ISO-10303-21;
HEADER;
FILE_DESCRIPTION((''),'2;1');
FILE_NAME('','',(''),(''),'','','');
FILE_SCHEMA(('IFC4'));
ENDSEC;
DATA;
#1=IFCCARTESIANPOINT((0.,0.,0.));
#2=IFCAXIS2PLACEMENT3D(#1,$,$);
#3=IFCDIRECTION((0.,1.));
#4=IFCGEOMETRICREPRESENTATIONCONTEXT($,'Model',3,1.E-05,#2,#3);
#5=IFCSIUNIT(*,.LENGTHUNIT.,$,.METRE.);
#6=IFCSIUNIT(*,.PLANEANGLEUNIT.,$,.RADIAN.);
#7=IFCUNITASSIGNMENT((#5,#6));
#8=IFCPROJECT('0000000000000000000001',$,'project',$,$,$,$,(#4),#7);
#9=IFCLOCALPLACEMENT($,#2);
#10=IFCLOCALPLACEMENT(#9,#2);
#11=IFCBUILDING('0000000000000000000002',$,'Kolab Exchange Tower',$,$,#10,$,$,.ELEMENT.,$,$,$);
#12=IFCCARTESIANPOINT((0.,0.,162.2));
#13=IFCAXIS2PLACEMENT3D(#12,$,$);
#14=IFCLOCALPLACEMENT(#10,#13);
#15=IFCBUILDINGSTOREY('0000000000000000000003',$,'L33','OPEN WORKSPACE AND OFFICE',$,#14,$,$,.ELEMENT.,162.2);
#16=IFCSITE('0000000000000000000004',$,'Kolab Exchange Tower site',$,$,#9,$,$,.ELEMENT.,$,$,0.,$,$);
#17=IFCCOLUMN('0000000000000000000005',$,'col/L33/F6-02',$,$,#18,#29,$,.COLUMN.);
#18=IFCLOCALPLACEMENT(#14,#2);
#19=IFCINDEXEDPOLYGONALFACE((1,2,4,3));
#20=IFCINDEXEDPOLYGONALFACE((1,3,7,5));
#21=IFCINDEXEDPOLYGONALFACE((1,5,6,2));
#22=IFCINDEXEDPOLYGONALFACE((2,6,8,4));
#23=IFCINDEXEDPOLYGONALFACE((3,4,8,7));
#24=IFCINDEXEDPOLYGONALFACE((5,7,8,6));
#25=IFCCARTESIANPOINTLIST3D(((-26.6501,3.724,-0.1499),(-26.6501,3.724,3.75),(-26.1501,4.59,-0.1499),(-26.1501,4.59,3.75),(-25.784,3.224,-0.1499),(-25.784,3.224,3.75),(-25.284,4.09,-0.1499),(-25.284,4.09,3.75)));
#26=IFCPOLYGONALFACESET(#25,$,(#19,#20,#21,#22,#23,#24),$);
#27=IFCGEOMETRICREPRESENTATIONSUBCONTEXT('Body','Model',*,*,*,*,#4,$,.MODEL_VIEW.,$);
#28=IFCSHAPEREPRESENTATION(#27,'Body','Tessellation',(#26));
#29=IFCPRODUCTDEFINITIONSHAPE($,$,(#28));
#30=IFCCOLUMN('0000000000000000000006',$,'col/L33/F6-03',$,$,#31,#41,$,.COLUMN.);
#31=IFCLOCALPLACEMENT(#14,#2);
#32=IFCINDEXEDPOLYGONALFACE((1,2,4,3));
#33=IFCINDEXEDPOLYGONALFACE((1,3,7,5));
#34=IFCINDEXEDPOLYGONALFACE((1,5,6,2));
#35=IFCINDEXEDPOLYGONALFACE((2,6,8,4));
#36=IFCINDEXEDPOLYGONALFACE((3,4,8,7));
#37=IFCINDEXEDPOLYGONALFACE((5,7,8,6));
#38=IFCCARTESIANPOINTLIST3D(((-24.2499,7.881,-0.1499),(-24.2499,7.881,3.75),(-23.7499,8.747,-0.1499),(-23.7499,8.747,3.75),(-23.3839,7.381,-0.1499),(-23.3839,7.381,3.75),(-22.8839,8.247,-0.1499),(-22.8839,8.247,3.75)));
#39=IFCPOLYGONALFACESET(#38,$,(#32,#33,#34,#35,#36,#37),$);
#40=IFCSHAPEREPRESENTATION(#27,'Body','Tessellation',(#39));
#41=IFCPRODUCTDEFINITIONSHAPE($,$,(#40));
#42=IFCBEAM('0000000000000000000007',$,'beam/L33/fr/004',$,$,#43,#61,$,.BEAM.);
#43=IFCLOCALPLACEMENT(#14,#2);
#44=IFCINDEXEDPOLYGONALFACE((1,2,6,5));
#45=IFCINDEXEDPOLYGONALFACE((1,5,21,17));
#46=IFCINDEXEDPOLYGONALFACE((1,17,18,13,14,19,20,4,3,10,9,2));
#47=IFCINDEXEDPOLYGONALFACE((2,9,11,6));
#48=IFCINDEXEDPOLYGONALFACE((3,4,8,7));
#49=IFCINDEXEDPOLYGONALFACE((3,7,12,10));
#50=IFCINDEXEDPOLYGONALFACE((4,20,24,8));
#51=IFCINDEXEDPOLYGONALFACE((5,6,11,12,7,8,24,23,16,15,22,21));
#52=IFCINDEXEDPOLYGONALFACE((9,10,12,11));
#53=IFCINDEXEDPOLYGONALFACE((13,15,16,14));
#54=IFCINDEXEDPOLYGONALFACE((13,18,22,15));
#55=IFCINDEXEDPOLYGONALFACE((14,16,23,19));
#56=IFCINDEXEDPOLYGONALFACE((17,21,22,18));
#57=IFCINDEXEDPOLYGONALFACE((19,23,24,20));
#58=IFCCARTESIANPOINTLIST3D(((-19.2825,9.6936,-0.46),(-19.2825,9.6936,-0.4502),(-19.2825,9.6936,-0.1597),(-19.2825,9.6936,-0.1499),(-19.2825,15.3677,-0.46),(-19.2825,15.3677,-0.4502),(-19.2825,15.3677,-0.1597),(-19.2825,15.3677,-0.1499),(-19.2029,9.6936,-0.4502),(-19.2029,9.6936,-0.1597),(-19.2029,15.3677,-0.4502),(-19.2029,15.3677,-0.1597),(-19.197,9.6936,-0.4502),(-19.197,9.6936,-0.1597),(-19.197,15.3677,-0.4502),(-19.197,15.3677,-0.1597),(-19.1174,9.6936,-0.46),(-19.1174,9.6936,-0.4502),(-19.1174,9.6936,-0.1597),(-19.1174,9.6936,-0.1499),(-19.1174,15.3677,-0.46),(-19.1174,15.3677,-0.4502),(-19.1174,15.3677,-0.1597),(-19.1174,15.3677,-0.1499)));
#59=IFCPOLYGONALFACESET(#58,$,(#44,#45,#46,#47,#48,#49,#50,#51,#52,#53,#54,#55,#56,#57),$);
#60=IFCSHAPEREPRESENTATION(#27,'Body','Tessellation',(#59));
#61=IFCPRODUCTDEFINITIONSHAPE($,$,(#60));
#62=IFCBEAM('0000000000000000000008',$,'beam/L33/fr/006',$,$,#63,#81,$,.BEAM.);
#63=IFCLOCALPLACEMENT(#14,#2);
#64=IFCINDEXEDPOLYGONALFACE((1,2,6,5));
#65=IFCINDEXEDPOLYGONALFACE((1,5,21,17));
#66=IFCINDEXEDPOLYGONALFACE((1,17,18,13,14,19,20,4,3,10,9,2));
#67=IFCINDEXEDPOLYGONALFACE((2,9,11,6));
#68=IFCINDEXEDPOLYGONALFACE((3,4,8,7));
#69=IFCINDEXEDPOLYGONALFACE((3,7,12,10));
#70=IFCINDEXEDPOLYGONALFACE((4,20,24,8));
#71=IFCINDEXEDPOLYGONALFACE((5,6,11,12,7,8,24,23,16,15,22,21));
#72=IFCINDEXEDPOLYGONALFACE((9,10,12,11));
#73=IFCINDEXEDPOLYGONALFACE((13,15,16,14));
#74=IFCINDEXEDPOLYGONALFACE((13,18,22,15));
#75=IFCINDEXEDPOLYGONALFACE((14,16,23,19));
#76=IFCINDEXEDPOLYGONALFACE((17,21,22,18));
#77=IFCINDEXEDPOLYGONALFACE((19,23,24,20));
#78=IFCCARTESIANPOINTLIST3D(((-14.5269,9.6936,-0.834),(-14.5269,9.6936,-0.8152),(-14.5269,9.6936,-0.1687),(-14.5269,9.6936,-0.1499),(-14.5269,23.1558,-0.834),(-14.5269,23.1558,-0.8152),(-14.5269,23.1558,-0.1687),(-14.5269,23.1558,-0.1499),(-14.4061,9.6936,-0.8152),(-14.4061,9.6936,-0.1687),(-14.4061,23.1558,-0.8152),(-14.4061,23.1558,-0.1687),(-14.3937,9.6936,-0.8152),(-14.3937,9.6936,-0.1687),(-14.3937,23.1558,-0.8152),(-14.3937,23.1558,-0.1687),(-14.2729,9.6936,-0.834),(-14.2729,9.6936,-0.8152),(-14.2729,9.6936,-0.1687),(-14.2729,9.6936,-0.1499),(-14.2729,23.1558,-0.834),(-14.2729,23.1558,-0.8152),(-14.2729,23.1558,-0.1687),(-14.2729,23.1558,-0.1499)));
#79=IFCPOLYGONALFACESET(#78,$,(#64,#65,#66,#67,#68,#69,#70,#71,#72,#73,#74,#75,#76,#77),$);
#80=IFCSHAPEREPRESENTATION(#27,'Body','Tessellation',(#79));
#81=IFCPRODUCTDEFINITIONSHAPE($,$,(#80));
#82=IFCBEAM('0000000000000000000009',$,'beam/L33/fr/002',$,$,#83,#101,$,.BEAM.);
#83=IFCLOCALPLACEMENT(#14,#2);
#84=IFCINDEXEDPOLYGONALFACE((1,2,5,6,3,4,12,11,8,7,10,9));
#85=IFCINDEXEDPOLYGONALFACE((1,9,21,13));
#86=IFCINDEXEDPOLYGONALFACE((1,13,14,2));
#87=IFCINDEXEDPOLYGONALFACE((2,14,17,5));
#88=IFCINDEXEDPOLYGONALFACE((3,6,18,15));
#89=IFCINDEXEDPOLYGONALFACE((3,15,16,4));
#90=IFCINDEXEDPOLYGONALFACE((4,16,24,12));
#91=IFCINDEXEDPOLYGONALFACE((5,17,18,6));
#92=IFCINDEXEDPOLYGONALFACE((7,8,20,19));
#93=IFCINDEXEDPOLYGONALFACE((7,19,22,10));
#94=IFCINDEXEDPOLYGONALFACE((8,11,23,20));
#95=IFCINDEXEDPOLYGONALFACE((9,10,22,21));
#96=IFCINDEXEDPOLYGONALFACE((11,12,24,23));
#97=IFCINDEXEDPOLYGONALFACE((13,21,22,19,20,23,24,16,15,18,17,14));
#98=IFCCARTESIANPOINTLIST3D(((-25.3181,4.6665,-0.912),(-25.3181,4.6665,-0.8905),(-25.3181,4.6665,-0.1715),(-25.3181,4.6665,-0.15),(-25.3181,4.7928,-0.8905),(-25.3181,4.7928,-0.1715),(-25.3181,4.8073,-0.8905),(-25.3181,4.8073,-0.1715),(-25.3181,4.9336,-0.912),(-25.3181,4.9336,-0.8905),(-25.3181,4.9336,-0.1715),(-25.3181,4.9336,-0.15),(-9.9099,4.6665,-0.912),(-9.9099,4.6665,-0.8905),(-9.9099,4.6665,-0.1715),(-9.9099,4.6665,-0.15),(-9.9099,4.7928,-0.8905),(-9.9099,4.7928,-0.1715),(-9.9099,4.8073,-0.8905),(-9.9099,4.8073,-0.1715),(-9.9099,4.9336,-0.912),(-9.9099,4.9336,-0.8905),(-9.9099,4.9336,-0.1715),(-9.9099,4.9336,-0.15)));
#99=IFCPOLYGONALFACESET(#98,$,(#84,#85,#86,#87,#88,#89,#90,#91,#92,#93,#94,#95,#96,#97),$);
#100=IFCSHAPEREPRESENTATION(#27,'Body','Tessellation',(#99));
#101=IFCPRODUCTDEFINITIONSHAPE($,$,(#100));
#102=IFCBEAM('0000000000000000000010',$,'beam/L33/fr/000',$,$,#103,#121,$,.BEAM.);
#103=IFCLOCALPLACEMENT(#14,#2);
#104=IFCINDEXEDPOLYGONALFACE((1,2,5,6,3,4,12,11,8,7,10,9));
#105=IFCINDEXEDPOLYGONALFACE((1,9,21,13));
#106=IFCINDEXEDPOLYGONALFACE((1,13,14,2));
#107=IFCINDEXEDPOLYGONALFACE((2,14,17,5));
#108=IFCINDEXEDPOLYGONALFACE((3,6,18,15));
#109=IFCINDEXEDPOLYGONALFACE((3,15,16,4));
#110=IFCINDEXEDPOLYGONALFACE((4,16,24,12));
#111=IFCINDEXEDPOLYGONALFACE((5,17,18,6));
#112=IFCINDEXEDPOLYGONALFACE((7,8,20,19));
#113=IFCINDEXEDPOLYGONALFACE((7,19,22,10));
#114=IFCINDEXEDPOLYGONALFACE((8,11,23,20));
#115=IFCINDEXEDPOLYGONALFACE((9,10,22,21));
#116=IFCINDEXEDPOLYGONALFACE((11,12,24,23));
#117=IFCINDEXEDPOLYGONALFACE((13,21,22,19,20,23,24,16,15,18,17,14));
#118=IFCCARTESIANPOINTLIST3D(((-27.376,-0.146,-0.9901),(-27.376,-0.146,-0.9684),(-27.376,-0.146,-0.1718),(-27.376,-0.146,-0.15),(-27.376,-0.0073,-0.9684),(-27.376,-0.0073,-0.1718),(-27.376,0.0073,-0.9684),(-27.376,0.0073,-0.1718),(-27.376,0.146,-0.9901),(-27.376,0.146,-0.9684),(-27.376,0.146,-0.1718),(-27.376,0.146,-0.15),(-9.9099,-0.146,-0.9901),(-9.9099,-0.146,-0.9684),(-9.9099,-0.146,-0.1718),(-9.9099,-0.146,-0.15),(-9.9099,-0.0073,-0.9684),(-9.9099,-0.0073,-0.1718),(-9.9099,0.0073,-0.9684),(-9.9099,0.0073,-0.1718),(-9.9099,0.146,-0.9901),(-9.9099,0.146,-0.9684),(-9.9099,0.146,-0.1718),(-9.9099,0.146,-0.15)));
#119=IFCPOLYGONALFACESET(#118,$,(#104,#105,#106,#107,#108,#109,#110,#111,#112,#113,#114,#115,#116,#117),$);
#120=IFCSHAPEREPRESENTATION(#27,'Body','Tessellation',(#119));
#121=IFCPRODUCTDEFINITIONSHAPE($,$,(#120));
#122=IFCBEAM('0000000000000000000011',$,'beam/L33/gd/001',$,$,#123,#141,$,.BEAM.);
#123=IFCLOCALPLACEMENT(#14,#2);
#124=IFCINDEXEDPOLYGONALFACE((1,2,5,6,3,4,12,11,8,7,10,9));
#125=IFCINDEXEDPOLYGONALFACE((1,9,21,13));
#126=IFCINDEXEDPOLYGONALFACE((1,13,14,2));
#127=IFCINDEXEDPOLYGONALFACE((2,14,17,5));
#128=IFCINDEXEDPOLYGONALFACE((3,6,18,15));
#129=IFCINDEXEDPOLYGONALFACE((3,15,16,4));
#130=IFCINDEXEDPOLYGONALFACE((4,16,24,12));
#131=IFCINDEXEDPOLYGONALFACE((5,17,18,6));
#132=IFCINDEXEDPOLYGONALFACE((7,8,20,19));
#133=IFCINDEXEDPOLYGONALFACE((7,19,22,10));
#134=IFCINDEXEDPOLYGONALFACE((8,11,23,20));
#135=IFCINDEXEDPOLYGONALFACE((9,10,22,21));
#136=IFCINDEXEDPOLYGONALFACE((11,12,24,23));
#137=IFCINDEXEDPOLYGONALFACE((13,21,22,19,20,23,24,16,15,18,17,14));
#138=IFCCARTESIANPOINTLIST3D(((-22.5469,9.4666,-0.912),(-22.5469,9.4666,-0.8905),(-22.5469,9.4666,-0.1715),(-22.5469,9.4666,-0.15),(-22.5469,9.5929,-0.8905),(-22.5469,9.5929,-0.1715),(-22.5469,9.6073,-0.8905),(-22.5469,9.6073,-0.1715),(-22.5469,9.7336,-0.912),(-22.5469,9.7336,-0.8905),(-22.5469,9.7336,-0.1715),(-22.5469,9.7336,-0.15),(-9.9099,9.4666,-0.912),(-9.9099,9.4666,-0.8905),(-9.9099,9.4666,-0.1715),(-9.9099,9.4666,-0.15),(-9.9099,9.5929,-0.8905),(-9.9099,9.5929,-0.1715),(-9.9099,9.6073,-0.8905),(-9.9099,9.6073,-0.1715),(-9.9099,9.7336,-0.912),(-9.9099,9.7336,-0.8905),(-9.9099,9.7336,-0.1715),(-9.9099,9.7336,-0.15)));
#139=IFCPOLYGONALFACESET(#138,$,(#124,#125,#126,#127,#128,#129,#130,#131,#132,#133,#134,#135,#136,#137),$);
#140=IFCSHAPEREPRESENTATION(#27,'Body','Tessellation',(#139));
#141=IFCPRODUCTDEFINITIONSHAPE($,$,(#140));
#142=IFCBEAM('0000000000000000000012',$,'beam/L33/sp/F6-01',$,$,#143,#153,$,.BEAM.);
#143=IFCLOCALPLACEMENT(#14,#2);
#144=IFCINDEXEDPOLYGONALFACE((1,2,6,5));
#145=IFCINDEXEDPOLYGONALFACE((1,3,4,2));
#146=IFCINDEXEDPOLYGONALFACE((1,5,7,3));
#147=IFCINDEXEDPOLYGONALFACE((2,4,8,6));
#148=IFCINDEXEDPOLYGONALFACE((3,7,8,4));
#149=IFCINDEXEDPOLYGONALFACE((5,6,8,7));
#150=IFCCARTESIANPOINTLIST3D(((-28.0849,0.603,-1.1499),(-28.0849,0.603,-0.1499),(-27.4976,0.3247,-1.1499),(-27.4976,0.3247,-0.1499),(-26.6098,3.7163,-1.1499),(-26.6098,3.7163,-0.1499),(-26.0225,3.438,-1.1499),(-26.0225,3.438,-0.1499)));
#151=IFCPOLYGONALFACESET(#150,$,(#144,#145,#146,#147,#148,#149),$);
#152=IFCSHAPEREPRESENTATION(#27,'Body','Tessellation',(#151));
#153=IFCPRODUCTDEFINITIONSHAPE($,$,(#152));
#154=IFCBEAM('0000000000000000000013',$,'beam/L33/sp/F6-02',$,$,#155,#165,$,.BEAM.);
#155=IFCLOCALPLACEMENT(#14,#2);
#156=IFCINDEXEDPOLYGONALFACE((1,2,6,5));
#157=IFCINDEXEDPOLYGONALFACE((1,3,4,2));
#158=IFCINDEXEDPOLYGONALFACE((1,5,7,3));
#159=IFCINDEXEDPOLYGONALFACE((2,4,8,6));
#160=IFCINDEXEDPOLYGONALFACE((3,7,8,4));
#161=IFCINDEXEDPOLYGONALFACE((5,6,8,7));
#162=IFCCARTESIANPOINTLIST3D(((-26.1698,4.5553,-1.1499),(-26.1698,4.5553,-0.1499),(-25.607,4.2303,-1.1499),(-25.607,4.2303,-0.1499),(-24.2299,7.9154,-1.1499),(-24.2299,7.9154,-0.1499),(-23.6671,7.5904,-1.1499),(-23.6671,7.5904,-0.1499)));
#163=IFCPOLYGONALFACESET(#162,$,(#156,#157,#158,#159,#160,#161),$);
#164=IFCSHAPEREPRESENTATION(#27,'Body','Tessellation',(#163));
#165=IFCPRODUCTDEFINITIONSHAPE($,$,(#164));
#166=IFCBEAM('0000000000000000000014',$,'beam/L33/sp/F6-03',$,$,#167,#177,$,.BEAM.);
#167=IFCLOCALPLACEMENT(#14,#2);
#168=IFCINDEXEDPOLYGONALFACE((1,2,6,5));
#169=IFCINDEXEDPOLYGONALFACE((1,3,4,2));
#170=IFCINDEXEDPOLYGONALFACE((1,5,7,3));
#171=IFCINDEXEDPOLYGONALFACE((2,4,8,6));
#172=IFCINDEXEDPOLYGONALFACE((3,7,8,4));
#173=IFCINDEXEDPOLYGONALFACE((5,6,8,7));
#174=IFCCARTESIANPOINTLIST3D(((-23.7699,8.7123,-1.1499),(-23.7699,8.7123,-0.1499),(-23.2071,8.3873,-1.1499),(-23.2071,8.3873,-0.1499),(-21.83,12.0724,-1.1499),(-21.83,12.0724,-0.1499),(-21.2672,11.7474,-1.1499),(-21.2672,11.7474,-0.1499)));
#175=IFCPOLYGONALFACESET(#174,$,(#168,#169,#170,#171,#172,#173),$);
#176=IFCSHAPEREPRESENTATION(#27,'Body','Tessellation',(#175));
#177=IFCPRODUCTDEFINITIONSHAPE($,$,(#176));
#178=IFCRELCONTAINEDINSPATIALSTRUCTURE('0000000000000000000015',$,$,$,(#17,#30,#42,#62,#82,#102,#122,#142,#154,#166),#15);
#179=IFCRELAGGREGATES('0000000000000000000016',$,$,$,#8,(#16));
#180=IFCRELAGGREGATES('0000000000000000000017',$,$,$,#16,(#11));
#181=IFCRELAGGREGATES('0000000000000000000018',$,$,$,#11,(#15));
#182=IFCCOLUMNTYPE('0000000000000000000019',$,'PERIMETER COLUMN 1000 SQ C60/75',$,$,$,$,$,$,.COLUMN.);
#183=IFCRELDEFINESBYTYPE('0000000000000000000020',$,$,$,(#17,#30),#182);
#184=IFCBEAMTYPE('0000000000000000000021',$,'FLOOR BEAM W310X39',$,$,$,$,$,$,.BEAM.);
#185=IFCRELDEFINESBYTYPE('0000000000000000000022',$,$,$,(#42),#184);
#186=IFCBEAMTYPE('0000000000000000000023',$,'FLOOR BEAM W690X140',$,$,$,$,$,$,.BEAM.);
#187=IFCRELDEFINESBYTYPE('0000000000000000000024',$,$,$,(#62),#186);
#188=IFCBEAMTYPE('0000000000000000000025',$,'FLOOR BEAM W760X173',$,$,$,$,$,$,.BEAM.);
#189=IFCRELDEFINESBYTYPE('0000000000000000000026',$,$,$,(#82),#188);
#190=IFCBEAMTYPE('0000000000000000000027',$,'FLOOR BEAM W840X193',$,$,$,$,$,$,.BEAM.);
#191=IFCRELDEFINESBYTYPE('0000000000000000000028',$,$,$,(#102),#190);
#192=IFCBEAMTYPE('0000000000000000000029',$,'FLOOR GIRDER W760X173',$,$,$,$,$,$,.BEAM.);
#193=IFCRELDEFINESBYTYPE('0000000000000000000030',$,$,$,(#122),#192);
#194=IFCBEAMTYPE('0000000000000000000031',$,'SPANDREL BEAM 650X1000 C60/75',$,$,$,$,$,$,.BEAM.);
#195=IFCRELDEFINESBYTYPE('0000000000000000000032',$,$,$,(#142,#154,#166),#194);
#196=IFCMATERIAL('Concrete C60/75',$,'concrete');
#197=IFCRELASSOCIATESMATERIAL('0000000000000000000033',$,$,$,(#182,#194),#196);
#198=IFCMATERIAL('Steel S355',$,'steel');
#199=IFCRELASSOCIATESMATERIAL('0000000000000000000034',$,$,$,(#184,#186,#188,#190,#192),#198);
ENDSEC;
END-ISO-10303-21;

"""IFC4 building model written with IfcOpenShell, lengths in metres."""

from ifc_helpers import new_model, si_unit, direction, frame, origin, origin_2d, place, context, subcontext, project, spatial, rectangle, i_section, extrude, material, material_profile, profile_set, type_object, element, save


model = new_model("IFC4")

# Units and contexts
model_context = context("Model", 3, precision=1e-05, world=origin(), true_north=direction((0.0, 1.0)))
body_context = subcontext(model_context, "Body", "Model", "MODEL_VIEW")
ifc_project = project(units=[si_unit("LENGTHUNIT", "METRE"), si_unit("PLANEANGLEUNIT", "RADIAN")], contexts=[model_context])

# Site, building, storey
site_placement = place(None, origin())
site = spatial("IfcSite", under=ifc_project, at=site_placement, Name="Kolab Exchange Tower site", CompositionType="ELEMENT", RefElevation=0.0)
building_placement = place(site_placement, origin())
building = spatial("IfcBuilding", under=site, at=building_placement, Name="Kolab Exchange Tower", CompositionType="ELEMENT")
storey_placement = place(building_placement, frame((0.0, 0.0, 162.2)))
storey = spatial("IfcBuildingStorey", under=building, at=storey_placement, Name="L33", Description="OPEN WORKSPACE AND OFFICE", CompositionType="ELEMENT", Elevation=162.2)

# Columns
ifc_material_1 = material(Name="Concrete C60/75", Category="concrete")
ifc_material_profile_1 = material_profile(ifc_material_1, rectangle(XDim=1.0, YDim=1.0, at=origin_2d()), Name="RC1000")
ifc_profile_set_1 = profile_set([ifc_material_profile_1], Name="Concrete C60/75")
column_type = type_object("IfcColumnType", Name="PERIMETER COLUMN 1000 SQ C60/75", PredefinedType="COLUMN", material=ifc_profile_set_1)
for number, where, z_axis, x_axis, name in (
    (1, (-25.967, 3.907, -0.1499), (0.0, 0.0, 1.0), (0.5, 0.866025, 0.0), "col/L33/F6-02"),
    (2, (-23.5669, 8.064, -0.1499), (0.0, 0.0, 1.0), (0.5, 0.866025, 0.0), "col/L33/F6-03"),
):
    element("IfcColumn", number, at=place(storey_placement, frame(where, z_axis=z_axis, x_axis=x_axis)), inside=storey, type_object=column_type, Name=name, PredefinedType="COLUMN", context=body_context, shape_type="SweptSolid", body=[
        extrude(rectangle(XDim=1.0, YDim=1.0, at=origin_2d()), origin(), (0.0, 0.0, 1.0), 3.8999),
    ])

# Beams
ifc_material_2 = material(Name="Steel S355", Category="steel")
ifc_material_profile_2 = material_profile(ifc_material_2, i_section(OverallWidth=0.165, OverallDepth=0.3101, WebThickness=0.0059, FlangeThickness=0.0098, at=origin_2d()), Name="W310X39")
ifc_profile_set_2 = profile_set([ifc_material_profile_2], Name="Steel S355")
beam_type_1 = type_object("IfcBeamType", Name="FLOOR BEAM W310X39", PredefinedType="BEAM", material=ifc_profile_set_2)
beam_1_placement = place(storey_placement, frame((-19.2, 9.6936, -0.3049), z_axis=(0.0, 1.0, 0.0), x_axis=(-1.0, 0.0, 0.0)))
element("IfcBeam", 3, at=beam_1_placement, inside=storey, type_object=beam_type_1, Name="beam/L33/fr/004", PredefinedType="BEAM", context=body_context, shape_type="SweptSolid", body=[
    extrude(i_section(OverallWidth=0.165, OverallDepth=0.3101, WebThickness=0.0059, FlangeThickness=0.0098, at=origin_2d()), origin(), (0.0, 0.0, 1.0), 5.6741),
])
ifc_material_profile_3 = material_profile(ifc_material_2, i_section(OverallWidth=0.2539, OverallDepth=0.6841, WebThickness=0.0125, FlangeThickness=0.0188, at=origin_2d()), Name="W690X140")
ifc_profile_set_3 = profile_set([ifc_material_profile_3], Name="Steel S355")
beam_type_2 = type_object("IfcBeamType", Name="FLOOR BEAM W690X140", PredefinedType="BEAM", material=ifc_profile_set_3)
beam_2_placement = place(storey_placement, frame((-14.3999, 9.6936, -0.4919), z_axis=(0.0, 1.0, 0.0), x_axis=(-1.0, 0.0, 0.0)))
element("IfcBeam", 4, at=beam_2_placement, inside=storey, type_object=beam_type_2, Name="beam/L33/fr/006", PredefinedType="BEAM", context=body_context, shape_type="SweptSolid", body=[
    extrude(i_section(OverallWidth=0.2539, OverallDepth=0.6841, WebThickness=0.0125, FlangeThickness=0.0188, at=origin_2d()), origin(), (0.0, 0.0, 1.0), 13.4622),
])
ifc_material_profile_4 = material_profile(ifc_material_2, i_section(OverallWidth=0.2671, OverallDepth=0.762, WebThickness=0.0144, FlangeThickness=0.0215, at=origin_2d()), Name="W760X173")
ifc_profile_set_4 = profile_set([ifc_material_profile_4], Name="Steel S355")
beam_type_3 = type_object("IfcBeamType", Name="FLOOR BEAM W760X173", PredefinedType="BEAM", material=ifc_profile_set_4)
beam_3_placement = place(storey_placement, frame((-25.3181, 4.8, -0.531), z_axis=(1.0, 0.0, 0.0), x_axis=(0.0, 1.0, 0.0)))
element("IfcBeam", 5, at=beam_3_placement, inside=storey, type_object=beam_type_3, Name="beam/L33/fr/002", PredefinedType="BEAM", context=body_context, shape_type="SweptSolid", body=[
    extrude(i_section(OverallWidth=0.2671, OverallDepth=0.762, WebThickness=0.0144, FlangeThickness=0.0215, at=origin_2d()), origin(), (0.0, 0.0, 1.0), 15.4082),
])
ifc_material_profile_5 = material_profile(ifc_material_2, i_section(OverallWidth=0.292, OverallDepth=0.8401, WebThickness=0.0146, FlangeThickness=0.0217, at=origin_2d()), Name="W840X193")
ifc_profile_set_5 = profile_set([ifc_material_profile_5], Name="Steel S355")
beam_type_4 = type_object("IfcBeamType", Name="FLOOR BEAM W840X193", PredefinedType="BEAM", material=ifc_profile_set_5)
beam_4_placement = place(storey_placement, frame((-27.376, 0.0, -0.5701), z_axis=(1.0, 0.0, 0.0), x_axis=(0.0, 1.0, 0.0)))
element("IfcBeam", 6, at=beam_4_placement, inside=storey, type_object=beam_type_4, Name="beam/L33/fr/000", PredefinedType="BEAM", context=body_context, shape_type="SweptSolid", body=[
    extrude(i_section(OverallWidth=0.292, OverallDepth=0.8401, WebThickness=0.0146, FlangeThickness=0.0217, at=origin_2d()), origin(), (0.0, 0.0, 1.0), 17.4661),
])
ifc_material_profile_6 = material_profile(ifc_material_2, i_section(OverallWidth=0.2671, OverallDepth=0.762, WebThickness=0.0144, FlangeThickness=0.0215, at=origin_2d()), Name="W760X173")
ifc_profile_set_6 = profile_set([ifc_material_profile_6], Name="Steel S355")
beam_type_5 = type_object("IfcBeamType", Name="FLOOR GIRDER W760X173", PredefinedType="BEAM", material=ifc_profile_set_6)
beam_5_placement = place(storey_placement, frame((-22.5469, 9.6001, -0.531), z_axis=(1.0, 0.0, 0.0), x_axis=(0.0, 1.0, 0.0)))
element("IfcBeam", 7, at=beam_5_placement, inside=storey, type_object=beam_type_5, Name="beam/L33/gd/001", PredefinedType="BEAM", context=body_context, shape_type="SweptSolid", body=[
    extrude(i_section(OverallWidth=0.2671, OverallDepth=0.762, WebThickness=0.0144, FlangeThickness=0.0215, at=origin_2d()), origin(), (0.0, 0.0, 1.0), 12.637),
])
ifc_material_profile_7 = material_profile(ifc_material_1, rectangle(XDim=0.6499, YDim=1.0, at=origin_2d()), Name="RC650X1000")
ifc_profile_set_7 = profile_set([ifc_material_profile_7], Name="Concrete C60/75")
beam_type_6 = type_object("IfcBeamType", Name="SPANDREL BEAM 650X1000 C60/75", PredefinedType="BEAM", material=ifc_profile_set_7)
beam_6_placement = place(storey_placement, frame((-27.7913, 0.4639, -0.6499), z_axis=(0.428178, 0.903695, 0.0), x_axis=(-0.903695, 0.428178, 0.0)))
element("IfcBeam", 8, at=beam_6_placement, inside=storey, type_object=beam_type_6, Name="beam/L33/sp/F6-01", PredefinedType="BEAM", context=body_context, shape_type="SweptSolid", body=[
    extrude(rectangle(XDim=0.6499, YDim=1.0, at=origin_2d()), origin(), (0.0, 0.0, 1.0), 3.4451),
])
for number, where, z_axis, x_axis, name in (
    (9, (-25.8884, 4.3928, -0.6499), (0.499997, 0.866027, 0.0), (-0.866027, 0.499997, 0.0), "beam/L33/sp/F6-02"),
    (10, (-23.4885, 8.5498, -0.6499), (0.499997, 0.866027, 0.0), (-0.866027, 0.499997, 0.0), "beam/L33/sp/F6-03"),
):
    element("IfcBeam", number, at=place(storey_placement, frame(where, z_axis=z_axis, x_axis=x_axis)), inside=storey, type_object=beam_type_6, Name=name, PredefinedType="BEAM", context=body_context, shape_type="SweptSolid", body=[
        extrude(rectangle(XDim=0.6499, YDim=1.0, at=origin_2d()), origin(), (0.0, 0.0, 1.0), 3.8799),
    ])

save(model, "model.ifc")
